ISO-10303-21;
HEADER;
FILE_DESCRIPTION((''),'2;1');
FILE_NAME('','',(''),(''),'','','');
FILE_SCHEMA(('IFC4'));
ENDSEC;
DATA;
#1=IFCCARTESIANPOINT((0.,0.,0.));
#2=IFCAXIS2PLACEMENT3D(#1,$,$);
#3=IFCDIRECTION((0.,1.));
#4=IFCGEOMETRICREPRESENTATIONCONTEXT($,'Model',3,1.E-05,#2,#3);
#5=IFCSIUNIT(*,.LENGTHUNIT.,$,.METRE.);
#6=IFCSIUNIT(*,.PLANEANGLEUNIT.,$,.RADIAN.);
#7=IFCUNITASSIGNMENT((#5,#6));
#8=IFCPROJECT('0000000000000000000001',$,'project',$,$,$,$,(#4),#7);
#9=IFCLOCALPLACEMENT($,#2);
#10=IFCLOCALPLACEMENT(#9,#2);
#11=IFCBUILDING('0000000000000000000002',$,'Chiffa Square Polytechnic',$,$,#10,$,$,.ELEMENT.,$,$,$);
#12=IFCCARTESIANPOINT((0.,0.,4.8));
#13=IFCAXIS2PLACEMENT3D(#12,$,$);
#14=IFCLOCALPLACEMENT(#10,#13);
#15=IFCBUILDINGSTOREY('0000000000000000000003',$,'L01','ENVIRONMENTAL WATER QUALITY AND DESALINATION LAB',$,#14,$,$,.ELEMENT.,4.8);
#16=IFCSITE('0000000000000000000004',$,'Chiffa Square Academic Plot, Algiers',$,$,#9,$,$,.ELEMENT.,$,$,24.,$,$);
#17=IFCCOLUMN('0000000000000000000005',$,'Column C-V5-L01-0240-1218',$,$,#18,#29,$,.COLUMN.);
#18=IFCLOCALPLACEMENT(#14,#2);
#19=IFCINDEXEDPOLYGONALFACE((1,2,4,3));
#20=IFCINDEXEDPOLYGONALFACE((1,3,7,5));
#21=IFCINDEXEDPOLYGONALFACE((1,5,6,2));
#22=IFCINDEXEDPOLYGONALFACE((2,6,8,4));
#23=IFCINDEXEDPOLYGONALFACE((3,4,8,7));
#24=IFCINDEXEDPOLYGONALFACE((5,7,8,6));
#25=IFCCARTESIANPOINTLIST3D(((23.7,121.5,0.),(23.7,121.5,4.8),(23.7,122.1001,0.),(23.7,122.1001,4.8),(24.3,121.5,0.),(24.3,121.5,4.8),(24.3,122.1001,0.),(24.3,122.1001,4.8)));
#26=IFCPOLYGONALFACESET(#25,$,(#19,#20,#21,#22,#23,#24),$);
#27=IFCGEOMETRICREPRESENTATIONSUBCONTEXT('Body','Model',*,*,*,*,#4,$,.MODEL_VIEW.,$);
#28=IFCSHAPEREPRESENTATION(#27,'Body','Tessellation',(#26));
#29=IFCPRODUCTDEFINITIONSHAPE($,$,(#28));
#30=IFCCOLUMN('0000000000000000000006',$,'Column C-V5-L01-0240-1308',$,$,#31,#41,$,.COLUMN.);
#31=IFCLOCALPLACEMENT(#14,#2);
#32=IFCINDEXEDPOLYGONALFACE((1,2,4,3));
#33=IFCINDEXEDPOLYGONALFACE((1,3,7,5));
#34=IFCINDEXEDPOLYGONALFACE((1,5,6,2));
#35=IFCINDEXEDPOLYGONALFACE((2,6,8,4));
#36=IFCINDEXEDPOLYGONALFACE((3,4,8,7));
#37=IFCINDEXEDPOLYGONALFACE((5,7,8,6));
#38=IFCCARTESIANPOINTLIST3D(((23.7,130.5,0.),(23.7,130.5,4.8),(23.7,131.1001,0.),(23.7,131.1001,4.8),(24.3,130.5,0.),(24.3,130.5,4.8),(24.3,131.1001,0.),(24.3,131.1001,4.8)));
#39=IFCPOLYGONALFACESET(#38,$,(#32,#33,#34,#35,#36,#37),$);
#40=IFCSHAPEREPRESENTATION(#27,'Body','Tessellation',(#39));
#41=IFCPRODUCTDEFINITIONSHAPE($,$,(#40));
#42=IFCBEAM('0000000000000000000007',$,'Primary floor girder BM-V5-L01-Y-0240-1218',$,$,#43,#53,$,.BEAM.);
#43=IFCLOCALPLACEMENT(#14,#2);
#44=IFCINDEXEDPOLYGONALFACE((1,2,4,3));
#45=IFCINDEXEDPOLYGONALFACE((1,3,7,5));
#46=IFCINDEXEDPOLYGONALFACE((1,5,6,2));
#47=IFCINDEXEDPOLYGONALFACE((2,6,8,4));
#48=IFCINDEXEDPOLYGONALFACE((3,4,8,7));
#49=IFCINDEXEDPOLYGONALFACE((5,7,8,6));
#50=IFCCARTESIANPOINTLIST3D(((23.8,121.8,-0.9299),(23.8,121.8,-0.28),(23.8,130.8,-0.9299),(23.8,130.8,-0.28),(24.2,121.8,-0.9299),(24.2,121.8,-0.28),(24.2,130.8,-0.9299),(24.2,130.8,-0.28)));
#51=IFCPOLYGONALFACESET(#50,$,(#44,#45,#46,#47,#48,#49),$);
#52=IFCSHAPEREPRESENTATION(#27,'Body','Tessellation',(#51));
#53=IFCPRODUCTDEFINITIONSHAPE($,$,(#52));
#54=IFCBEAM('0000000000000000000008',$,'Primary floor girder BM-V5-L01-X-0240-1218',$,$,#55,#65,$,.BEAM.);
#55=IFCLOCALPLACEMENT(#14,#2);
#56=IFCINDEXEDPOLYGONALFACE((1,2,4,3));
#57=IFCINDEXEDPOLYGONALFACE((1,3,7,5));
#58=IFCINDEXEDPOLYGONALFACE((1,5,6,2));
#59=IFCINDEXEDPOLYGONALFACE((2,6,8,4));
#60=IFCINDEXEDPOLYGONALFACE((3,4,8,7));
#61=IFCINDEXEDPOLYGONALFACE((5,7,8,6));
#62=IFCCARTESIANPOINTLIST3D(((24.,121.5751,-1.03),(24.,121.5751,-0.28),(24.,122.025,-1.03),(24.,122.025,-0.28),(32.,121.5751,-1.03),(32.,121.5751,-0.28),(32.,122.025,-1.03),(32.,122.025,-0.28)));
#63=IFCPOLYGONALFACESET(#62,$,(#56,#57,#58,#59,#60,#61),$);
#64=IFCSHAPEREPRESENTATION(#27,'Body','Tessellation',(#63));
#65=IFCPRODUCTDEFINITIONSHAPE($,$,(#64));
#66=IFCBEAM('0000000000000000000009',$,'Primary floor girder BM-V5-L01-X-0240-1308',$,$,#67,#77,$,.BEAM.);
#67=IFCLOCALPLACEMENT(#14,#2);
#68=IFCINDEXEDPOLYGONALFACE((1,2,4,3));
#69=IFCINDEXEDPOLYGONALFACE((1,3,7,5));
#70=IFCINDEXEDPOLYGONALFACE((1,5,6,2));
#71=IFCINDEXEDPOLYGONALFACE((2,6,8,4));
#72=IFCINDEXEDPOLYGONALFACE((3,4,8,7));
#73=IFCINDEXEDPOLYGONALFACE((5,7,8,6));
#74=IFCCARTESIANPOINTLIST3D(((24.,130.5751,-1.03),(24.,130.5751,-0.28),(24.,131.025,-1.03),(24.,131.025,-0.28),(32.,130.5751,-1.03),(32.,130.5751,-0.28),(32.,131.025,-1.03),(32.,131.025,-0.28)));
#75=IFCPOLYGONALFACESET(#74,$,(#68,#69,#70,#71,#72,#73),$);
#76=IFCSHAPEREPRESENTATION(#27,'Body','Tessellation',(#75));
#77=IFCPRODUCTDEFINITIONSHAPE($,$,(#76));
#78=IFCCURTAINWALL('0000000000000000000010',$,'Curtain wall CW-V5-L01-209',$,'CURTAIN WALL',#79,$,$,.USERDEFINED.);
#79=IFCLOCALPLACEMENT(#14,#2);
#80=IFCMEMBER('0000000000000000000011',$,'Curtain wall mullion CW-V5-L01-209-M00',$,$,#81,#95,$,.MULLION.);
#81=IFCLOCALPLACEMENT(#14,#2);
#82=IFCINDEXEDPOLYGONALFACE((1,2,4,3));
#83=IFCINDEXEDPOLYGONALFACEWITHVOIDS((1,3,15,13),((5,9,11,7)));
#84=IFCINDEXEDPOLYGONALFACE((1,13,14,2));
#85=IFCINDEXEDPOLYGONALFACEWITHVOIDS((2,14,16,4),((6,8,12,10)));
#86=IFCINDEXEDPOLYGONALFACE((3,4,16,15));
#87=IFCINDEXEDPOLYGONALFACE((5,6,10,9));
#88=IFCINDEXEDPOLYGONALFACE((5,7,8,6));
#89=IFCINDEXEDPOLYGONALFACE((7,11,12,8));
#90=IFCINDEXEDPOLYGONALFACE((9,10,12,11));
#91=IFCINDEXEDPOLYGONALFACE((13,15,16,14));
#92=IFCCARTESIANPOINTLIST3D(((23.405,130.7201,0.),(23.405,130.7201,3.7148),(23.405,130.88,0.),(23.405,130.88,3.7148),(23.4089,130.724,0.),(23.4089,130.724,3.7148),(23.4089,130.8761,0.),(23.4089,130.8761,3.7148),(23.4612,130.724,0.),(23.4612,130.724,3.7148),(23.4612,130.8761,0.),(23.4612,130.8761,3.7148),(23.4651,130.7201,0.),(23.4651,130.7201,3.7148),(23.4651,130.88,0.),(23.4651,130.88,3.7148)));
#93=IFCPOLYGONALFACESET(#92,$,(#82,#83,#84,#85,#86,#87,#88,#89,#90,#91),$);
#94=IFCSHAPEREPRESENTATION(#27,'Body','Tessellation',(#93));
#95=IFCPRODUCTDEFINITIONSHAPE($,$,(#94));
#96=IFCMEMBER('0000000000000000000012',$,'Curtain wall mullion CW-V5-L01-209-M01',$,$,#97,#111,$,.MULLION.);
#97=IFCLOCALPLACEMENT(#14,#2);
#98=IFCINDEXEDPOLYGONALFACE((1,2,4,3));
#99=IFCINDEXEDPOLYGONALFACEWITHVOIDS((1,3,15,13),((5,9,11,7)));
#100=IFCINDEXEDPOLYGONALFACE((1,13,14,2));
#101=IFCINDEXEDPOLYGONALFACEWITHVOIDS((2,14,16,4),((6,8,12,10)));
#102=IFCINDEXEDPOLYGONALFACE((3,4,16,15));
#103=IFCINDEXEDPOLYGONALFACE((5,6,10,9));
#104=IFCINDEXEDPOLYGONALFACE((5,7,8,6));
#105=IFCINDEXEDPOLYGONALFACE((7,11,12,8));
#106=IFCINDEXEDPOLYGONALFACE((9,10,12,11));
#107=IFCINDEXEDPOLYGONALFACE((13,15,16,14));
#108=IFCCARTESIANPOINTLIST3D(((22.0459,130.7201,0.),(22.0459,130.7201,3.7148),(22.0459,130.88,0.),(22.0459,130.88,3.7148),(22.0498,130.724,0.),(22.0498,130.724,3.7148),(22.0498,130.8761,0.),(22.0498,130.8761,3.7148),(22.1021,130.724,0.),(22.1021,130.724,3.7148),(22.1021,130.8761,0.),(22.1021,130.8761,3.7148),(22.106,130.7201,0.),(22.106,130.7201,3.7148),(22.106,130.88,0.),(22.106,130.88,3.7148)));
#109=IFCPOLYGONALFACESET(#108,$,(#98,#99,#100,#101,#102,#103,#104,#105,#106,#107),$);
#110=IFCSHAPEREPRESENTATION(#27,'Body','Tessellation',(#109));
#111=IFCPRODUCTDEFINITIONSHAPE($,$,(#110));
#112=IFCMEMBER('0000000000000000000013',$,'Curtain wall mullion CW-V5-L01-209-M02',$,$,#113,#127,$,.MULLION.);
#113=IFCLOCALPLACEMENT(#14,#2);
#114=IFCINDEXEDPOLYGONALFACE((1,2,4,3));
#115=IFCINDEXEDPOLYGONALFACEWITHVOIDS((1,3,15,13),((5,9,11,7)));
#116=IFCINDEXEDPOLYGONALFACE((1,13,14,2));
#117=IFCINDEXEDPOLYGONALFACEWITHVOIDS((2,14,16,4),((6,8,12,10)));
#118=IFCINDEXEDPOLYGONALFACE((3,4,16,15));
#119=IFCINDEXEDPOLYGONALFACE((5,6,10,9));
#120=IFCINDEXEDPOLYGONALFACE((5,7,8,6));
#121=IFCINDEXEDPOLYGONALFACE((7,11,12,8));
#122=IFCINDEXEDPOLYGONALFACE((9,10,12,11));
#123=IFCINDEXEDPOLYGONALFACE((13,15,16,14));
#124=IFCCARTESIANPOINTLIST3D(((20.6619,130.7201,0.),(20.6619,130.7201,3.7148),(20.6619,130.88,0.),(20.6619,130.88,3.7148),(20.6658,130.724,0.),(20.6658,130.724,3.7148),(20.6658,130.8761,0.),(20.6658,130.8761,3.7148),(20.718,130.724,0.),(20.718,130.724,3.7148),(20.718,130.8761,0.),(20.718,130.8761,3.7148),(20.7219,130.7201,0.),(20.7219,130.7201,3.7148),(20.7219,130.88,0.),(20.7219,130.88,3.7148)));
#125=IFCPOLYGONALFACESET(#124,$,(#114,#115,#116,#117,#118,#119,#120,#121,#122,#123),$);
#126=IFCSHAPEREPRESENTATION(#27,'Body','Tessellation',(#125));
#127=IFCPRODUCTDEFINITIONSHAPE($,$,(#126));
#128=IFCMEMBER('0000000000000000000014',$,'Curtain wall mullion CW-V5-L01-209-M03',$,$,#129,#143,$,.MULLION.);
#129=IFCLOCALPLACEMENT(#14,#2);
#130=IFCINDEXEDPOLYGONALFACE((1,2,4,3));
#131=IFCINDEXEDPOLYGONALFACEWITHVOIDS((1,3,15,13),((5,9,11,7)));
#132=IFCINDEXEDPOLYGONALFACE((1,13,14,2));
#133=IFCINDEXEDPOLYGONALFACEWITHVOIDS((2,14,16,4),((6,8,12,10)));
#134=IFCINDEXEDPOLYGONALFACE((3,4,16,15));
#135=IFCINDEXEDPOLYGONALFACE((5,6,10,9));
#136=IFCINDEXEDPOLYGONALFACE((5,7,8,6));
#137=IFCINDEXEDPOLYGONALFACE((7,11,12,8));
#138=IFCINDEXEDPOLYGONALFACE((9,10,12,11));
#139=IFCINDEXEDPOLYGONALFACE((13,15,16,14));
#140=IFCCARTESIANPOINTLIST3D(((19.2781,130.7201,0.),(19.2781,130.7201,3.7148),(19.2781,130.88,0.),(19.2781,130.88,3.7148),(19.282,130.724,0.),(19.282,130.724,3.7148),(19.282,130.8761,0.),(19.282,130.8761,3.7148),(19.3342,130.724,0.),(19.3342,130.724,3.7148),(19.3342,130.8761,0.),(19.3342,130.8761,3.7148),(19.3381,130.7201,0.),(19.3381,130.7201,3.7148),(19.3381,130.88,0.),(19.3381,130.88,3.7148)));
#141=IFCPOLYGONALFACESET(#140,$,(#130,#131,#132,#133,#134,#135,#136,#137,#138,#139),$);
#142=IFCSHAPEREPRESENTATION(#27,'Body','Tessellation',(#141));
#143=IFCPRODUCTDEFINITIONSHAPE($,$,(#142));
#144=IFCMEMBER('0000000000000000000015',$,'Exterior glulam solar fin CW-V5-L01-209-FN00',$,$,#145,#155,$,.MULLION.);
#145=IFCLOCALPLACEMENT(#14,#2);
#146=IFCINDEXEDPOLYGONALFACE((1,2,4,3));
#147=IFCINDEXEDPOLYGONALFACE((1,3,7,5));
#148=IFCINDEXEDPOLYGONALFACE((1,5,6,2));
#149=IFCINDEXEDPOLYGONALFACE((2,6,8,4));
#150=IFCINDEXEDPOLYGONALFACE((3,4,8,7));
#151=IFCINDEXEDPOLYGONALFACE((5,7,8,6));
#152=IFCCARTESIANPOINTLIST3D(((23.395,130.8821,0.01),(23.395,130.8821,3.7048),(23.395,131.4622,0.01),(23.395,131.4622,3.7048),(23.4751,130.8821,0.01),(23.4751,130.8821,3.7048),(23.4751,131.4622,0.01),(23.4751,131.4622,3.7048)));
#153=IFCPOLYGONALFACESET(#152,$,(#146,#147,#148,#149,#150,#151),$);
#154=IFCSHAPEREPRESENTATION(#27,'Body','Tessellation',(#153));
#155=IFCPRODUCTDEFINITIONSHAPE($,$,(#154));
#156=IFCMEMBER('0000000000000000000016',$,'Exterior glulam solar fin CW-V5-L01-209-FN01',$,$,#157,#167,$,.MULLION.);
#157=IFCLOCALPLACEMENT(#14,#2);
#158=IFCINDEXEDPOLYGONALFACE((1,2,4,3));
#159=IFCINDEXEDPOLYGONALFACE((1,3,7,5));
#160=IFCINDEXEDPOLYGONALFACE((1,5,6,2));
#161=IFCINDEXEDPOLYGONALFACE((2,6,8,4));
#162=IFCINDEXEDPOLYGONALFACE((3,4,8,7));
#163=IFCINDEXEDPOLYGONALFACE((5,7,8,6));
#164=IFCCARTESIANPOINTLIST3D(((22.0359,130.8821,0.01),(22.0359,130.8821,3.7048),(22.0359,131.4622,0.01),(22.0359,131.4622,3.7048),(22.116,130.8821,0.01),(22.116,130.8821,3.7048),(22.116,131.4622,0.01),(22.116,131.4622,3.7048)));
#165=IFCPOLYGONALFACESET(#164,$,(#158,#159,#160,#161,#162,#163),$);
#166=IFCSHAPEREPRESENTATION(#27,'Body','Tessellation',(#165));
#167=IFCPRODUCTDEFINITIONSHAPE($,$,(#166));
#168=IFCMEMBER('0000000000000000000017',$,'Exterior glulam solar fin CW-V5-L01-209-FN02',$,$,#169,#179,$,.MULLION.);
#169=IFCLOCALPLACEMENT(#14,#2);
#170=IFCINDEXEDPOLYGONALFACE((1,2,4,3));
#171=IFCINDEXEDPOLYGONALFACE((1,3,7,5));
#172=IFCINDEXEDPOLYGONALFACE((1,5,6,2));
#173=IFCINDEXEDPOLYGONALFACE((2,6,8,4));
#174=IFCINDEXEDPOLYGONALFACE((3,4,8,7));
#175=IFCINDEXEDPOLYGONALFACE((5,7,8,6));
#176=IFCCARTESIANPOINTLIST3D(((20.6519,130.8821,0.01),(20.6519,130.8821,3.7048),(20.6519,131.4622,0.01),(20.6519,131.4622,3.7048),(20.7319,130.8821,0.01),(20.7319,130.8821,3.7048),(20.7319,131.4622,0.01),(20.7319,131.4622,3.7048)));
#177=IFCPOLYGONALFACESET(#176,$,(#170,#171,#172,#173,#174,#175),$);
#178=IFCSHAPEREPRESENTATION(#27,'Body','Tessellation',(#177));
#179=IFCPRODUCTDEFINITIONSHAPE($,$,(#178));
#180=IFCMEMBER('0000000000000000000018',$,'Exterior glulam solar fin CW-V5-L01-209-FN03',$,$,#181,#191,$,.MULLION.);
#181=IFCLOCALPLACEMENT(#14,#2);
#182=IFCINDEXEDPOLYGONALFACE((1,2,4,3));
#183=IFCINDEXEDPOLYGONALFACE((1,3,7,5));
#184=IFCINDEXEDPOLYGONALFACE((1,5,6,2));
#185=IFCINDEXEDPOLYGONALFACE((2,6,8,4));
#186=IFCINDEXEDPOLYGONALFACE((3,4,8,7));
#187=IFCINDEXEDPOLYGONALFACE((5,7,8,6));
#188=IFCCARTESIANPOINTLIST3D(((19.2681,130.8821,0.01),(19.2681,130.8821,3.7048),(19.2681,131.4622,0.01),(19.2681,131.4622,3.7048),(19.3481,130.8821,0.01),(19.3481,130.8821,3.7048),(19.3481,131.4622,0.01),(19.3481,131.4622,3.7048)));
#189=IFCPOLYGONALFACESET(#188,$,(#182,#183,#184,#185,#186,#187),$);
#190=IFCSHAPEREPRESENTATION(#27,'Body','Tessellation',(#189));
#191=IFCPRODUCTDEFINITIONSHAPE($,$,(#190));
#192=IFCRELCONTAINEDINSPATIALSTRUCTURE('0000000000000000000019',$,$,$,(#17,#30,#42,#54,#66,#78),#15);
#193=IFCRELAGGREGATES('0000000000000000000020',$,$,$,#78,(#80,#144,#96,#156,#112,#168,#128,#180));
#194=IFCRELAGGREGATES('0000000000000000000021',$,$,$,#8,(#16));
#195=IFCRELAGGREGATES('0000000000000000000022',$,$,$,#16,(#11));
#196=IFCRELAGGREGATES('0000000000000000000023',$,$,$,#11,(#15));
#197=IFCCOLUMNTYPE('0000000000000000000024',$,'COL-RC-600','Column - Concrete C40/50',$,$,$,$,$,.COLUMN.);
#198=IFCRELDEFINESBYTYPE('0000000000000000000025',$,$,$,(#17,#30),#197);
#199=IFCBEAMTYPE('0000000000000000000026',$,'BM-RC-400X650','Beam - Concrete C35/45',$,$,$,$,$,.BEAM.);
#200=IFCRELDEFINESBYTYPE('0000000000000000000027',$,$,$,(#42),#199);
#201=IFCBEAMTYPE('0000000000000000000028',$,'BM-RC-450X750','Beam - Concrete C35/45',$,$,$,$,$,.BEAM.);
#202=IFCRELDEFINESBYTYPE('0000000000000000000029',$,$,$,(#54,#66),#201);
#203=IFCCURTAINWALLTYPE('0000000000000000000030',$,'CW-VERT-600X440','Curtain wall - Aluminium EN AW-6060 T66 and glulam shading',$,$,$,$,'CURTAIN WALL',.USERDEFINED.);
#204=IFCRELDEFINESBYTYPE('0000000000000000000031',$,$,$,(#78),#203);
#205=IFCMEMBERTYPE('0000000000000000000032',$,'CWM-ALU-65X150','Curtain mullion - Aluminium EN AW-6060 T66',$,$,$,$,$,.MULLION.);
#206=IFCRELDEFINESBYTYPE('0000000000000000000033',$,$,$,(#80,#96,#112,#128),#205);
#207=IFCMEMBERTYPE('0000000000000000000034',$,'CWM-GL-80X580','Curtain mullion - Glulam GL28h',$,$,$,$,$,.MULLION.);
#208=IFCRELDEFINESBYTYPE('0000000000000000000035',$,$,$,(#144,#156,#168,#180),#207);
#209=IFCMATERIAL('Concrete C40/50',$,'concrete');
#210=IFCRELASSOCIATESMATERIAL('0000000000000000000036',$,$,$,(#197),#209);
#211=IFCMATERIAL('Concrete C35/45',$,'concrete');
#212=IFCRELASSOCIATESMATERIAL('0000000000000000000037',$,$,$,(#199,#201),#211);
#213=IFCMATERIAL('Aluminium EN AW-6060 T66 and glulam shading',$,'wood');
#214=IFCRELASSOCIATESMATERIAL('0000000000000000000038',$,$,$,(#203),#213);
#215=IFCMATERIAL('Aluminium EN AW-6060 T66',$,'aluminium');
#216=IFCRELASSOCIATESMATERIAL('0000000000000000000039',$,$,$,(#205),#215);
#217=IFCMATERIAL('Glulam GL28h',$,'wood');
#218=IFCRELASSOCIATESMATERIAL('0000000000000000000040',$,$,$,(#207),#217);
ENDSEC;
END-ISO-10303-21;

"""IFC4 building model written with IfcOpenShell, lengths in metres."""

from ifc_helpers import new_model, si_unit, direction, frame, origin, origin_2d, place, context, subcontext, project, spatial, rectangle, hollow_rectangle, extrude, material, material_profile, profile_set, type_object, element, aggregate, save


model = new_model("IFC4")

# Units and contexts
model_context = context("Model", 3, precision=1e-05, world=origin(), true_north=direction((0.0, 1.0)))
body_context = subcontext(model_context, "Body", "Model", "MODEL_VIEW")
ifc_project = project(units=[si_unit("LENGTHUNIT", "METRE"), si_unit("PLANEANGLEUNIT", "RADIAN")], contexts=[model_context])

# Site, building, storey
site_placement = place(None, origin())
site = spatial("IfcSite", under=ifc_project, at=site_placement, Name="Chiffa Square Academic Plot, Algiers", CompositionType="ELEMENT", RefElevation=24.0)
building_placement = place(site_placement, origin())
building = spatial("IfcBuilding", under=site, at=building_placement, Name="Chiffa Square Polytechnic", CompositionType="ELEMENT")
storey_placement = place(building_placement, frame((0.0, 0.0, 4.8)))
storey = spatial("IfcBuildingStorey", under=building, at=storey_placement, Name="L01", Description="ENVIRONMENTAL WATER QUALITY AND DESALINATION LAB", CompositionType="ELEMENT", Elevation=4.8)

# Columns
ifc_material_1 = material(Name="Concrete C40/50", Category="concrete")
ifc_material_profile_1 = material_profile(ifc_material_1, rectangle(XDim=0.6001, YDim=0.6001, at=origin_2d()), Name="RC 600x600")
ifc_profile_set_1 = profile_set([ifc_material_profile_1], Name="Concrete C40/50")
column_type = type_object("IfcColumnType", Name="COL-RC-600", Description="Column - Concrete C40/50", PredefinedType="COLUMN", material=ifc_profile_set_1)
for number, where, z_axis, x_axis, name in (
    (1, (24.0, 121.8, 0.0), (0.0, 0.0, 1.0), (1.0, 0.0, 0.0), "Column C-V5-L01-0240-1218"),
    (2, (24.0, 130.8, 0.0), (0.0, 0.0, 1.0), (1.0, 0.0, 0.0), "Column C-V5-L01-0240-1308"),
):
    element("IfcColumn", number, at=place(storey_placement, frame(where, z_axis=z_axis, x_axis=x_axis)), inside=storey, type_object=column_type, Name=name, PredefinedType="COLUMN", context=body_context, shape_type="SweptSolid", body=[
        extrude(rectangle(XDim=0.6001, YDim=0.6001, at=origin_2d()), origin(), (0.0, 0.0, 1.0), 4.8),
    ])

# Beams
ifc_material_2 = material(Name="Concrete C35/45", Category="concrete")
ifc_material_profile_2 = material_profile(ifc_material_2, rectangle(XDim=0.3999, YDim=0.6499, at=origin_2d()), Name="RC 400x650")
ifc_profile_set_2 = profile_set([ifc_material_profile_2], Name="Concrete C35/45")
beam_type_1 = type_object("IfcBeamType", Name="BM-RC-400X650", Description="Beam - Concrete C35/45", PredefinedType="BEAM", material=ifc_profile_set_2)
beam_placement = place(storey_placement, frame((24.0, 121.8, -0.605), z_axis=(0.0, 1.0, 0.0), x_axis=(-1.0, 0.0, 0.0)))
element("IfcBeam", 3, at=beam_placement, inside=storey, type_object=beam_type_1, Name="Primary floor girder BM-V5-L01-Y-0240-1218", PredefinedType="BEAM", context=body_context, shape_type="SweptSolid", body=[
    extrude(rectangle(XDim=0.3999, YDim=0.6499, at=origin_2d()), origin(), (0.0, 0.0, 1.0), 9.0),
])
ifc_material_profile_3 = material_profile(ifc_material_2, rectangle(XDim=0.45, YDim=0.75, at=origin_2d()), Name="RC 450x750")
ifc_profile_set_3 = profile_set([ifc_material_profile_3], Name="Concrete C35/45")
beam_type_2 = type_object("IfcBeamType", Name="BM-RC-450X750", Description="Beam - Concrete C35/45", PredefinedType="BEAM", material=ifc_profile_set_3)
for number, where, z_axis, x_axis, name in (
    (4, (24.0, 121.8, -0.655), (1.0, 0.0, 0.0), (0.0, 1.0, 0.0), "Primary floor girder BM-V5-L01-X-0240-1218"),
    (5, (24.0, 130.8, -0.655), (1.0, 0.0, 0.0), (0.0, 1.0, 0.0), "Primary floor girder BM-V5-L01-X-0240-1308"),
):
    element("IfcBeam", number, at=place(storey_placement, frame(where, z_axis=z_axis, x_axis=x_axis)), inside=storey, type_object=beam_type_2, Name=name, PredefinedType="BEAM", context=body_context, shape_type="SweptSolid", body=[
        extrude(rectangle(XDim=0.45, YDim=0.75, at=origin_2d()), origin(), (0.0, 0.0, 1.0), 8.0),
    ])

# Curtain wall, members
ifc_material_3 = material(Name="Aluminium EN AW-6060 T66 and glulam shading", Category="wood")
curtain_wall_type = type_object("IfcCurtainWallType", Name="CW-VERT-600X440", Description="Curtain wall - Aluminium EN AW-6060 T66 and glulam shading", ElementType="CURTAIN WALL", PredefinedType="USERDEFINED", material=ifc_material_3)
curtain_wall_placement = place(storey_placement, origin())
curtain_wall = element("IfcCurtainWall", 6, at=curtain_wall_placement, inside=storey, type_object=curtain_wall_type, Name="Curtain wall CW-V5-L01-209", ObjectType="CURTAIN WALL", PredefinedType="USERDEFINED")
ifc_material_4 = material(Name="Aluminium EN AW-6060 T66", Category="aluminium")
ifc_material_profile_4 = material_profile(ifc_material_4, hollow_rectangle(XDim=0.0601, YDim=0.1599, WallThickness=0.0039, at=origin_2d()), Name="ALU 60x160x4")
ifc_profile_set_4 = profile_set([ifc_material_profile_4], Name="Aluminium EN AW-6060 T66")
member_type_1 = type_object("IfcMemberType", Name="CWM-ALU-65X150", Description="Curtain mullion - Aluminium EN AW-6060 T66", PredefinedType="MULLION", material=ifc_profile_set_4)
member_1_placement = place(storey_placement, frame((23.4351, 130.8, 0.0), z_axis=(0.0, 0.0, 1.0), x_axis=(1.0, 0.0, 0.0)))
member_1 = element("IfcMember", 7, at=member_1_placement, type_object=member_type_1, Name="Curtain wall mullion CW-V5-L01-209-M00", PredefinedType="MULLION", context=body_context, shape_type="SweptSolid", body=[
    extrude(hollow_rectangle(XDim=0.0601, YDim=0.1599, WallThickness=0.0039, at=origin_2d()), origin(), (0.0, 0.0, 1.0), 3.7148),
])
member_2_placement = place(storey_placement, frame((22.0759, 130.8, 0.0), z_axis=(0.0, 0.0, 1.0), x_axis=(1.0, 0.0, 0.0)))
member_2 = element("IfcMember", 8, at=member_2_placement, type_object=member_type_1, Name="Curtain wall mullion CW-V5-L01-209-M01", PredefinedType="MULLION", context=body_context, shape_type="SweptSolid", body=[
    extrude(hollow_rectangle(XDim=0.0601, YDim=0.1599, WallThickness=0.0039, at=origin_2d()), origin(), (0.0, 0.0, 1.0), 3.7148),
])
member_3_placement = place(storey_placement, frame((20.6919, 130.8, 0.0), z_axis=(0.0, 0.0, 1.0), x_axis=(1.0, 0.0, 0.0)))
member_3 = element("IfcMember", 9, at=member_3_placement, type_object=member_type_1, Name="Curtain wall mullion CW-V5-L01-209-M02", PredefinedType="MULLION", context=body_context, shape_type="SweptSolid", body=[
    extrude(hollow_rectangle(XDim=0.0601, YDim=0.1599, WallThickness=0.0039, at=origin_2d()), origin(), (0.0, 0.0, 1.0), 3.7148),
])
member_4_placement = place(storey_placement, frame((19.3081, 130.8, 0.0), z_axis=(0.0, 0.0, 1.0), x_axis=(1.0, 0.0, 0.0)))
member_4 = element("IfcMember", 10, at=member_4_placement, type_object=member_type_1, Name="Curtain wall mullion CW-V5-L01-209-M03", PredefinedType="MULLION", context=body_context, shape_type="SweptSolid", body=[
    extrude(hollow_rectangle(XDim=0.0601, YDim=0.1599, WallThickness=0.0039, at=origin_2d()), origin(), (0.0, 0.0, 1.0), 3.7148),
])
ifc_material_5 = material(Name="Glulam GL28h", Category="wood")
ifc_material_profile_5 = material_profile(ifc_material_5, rectangle(XDim=0.0801, YDim=0.5801, at=origin_2d()), Name="GL28h 80x580")
ifc_profile_set_5 = profile_set([ifc_material_profile_5], Name="Glulam GL28h")
member_type_2 = type_object("IfcMemberType", Name="CWM-GL-80X580", Description="Curtain mullion - Glulam GL28h", PredefinedType="MULLION", material=ifc_profile_set_5)
member_5_placement = place(storey_placement, frame((23.4351, 131.1721, 0.01), z_axis=(0.0, 0.0, 1.0), x_axis=(-1.0, 0.0, 0.0)))
member_5 = element("IfcMember", 11, at=member_5_placement, type_object=member_type_2, Name="Exterior glulam solar fin CW-V5-L01-209-FN00", PredefinedType="MULLION", context=body_context, shape_type="SweptSolid", body=[
    extrude(rectangle(XDim=0.0801, YDim=0.5801, at=origin_2d()), origin(), (0.0, 0.0, 1.0), 3.6948),
])
member_6_placement = place(storey_placement, frame((22.0759, 131.1721, 0.01), z_axis=(0.0, 0.0, 1.0), x_axis=(-1.0, 0.0, 0.0)))
member_6 = element("IfcMember", 12, at=member_6_placement, type_object=member_type_2, Name="Exterior glulam solar fin CW-V5-L01-209-FN01", PredefinedType="MULLION", context=body_context, shape_type="SweptSolid", body=[
    extrude(rectangle(XDim=0.0801, YDim=0.5801, at=origin_2d()), origin(), (0.0, 0.0, 1.0), 3.6948),
])
member_7_placement = place(storey_placement, frame((20.6919, 131.1721, 0.01), z_axis=(0.0, 0.0, 1.0), x_axis=(-1.0, 0.0, 0.0)))
member_7 = element("IfcMember", 13, at=member_7_placement, type_object=member_type_2, Name="Exterior glulam solar fin CW-V5-L01-209-FN02", PredefinedType="MULLION", context=body_context, shape_type="SweptSolid", body=[
    extrude(rectangle(XDim=0.0801, YDim=0.5801, at=origin_2d()), origin(), (0.0, 0.0, 1.0), 3.6948),
])
member_8_placement = place(storey_placement, frame((19.3081, 131.1721, 0.01), z_axis=(0.0, 0.0, 1.0), x_axis=(-1.0, 0.0, 0.0)))
member_8 = element("IfcMember", 14, at=member_8_placement, type_object=member_type_2, Name="Exterior glulam solar fin CW-V5-L01-209-FN03", PredefinedType="MULLION", context=body_context, shape_type="SweptSolid", body=[
    extrude(rectangle(XDim=0.0801, YDim=0.5801, at=origin_2d()), origin(), (0.0, 0.0, 1.0), 3.6948),
])

aggregate(curtain_wall, [member_1, member_5, member_2, member_6, member_3, member_7, member_4, member_8])

save(model, "model.ifc")
